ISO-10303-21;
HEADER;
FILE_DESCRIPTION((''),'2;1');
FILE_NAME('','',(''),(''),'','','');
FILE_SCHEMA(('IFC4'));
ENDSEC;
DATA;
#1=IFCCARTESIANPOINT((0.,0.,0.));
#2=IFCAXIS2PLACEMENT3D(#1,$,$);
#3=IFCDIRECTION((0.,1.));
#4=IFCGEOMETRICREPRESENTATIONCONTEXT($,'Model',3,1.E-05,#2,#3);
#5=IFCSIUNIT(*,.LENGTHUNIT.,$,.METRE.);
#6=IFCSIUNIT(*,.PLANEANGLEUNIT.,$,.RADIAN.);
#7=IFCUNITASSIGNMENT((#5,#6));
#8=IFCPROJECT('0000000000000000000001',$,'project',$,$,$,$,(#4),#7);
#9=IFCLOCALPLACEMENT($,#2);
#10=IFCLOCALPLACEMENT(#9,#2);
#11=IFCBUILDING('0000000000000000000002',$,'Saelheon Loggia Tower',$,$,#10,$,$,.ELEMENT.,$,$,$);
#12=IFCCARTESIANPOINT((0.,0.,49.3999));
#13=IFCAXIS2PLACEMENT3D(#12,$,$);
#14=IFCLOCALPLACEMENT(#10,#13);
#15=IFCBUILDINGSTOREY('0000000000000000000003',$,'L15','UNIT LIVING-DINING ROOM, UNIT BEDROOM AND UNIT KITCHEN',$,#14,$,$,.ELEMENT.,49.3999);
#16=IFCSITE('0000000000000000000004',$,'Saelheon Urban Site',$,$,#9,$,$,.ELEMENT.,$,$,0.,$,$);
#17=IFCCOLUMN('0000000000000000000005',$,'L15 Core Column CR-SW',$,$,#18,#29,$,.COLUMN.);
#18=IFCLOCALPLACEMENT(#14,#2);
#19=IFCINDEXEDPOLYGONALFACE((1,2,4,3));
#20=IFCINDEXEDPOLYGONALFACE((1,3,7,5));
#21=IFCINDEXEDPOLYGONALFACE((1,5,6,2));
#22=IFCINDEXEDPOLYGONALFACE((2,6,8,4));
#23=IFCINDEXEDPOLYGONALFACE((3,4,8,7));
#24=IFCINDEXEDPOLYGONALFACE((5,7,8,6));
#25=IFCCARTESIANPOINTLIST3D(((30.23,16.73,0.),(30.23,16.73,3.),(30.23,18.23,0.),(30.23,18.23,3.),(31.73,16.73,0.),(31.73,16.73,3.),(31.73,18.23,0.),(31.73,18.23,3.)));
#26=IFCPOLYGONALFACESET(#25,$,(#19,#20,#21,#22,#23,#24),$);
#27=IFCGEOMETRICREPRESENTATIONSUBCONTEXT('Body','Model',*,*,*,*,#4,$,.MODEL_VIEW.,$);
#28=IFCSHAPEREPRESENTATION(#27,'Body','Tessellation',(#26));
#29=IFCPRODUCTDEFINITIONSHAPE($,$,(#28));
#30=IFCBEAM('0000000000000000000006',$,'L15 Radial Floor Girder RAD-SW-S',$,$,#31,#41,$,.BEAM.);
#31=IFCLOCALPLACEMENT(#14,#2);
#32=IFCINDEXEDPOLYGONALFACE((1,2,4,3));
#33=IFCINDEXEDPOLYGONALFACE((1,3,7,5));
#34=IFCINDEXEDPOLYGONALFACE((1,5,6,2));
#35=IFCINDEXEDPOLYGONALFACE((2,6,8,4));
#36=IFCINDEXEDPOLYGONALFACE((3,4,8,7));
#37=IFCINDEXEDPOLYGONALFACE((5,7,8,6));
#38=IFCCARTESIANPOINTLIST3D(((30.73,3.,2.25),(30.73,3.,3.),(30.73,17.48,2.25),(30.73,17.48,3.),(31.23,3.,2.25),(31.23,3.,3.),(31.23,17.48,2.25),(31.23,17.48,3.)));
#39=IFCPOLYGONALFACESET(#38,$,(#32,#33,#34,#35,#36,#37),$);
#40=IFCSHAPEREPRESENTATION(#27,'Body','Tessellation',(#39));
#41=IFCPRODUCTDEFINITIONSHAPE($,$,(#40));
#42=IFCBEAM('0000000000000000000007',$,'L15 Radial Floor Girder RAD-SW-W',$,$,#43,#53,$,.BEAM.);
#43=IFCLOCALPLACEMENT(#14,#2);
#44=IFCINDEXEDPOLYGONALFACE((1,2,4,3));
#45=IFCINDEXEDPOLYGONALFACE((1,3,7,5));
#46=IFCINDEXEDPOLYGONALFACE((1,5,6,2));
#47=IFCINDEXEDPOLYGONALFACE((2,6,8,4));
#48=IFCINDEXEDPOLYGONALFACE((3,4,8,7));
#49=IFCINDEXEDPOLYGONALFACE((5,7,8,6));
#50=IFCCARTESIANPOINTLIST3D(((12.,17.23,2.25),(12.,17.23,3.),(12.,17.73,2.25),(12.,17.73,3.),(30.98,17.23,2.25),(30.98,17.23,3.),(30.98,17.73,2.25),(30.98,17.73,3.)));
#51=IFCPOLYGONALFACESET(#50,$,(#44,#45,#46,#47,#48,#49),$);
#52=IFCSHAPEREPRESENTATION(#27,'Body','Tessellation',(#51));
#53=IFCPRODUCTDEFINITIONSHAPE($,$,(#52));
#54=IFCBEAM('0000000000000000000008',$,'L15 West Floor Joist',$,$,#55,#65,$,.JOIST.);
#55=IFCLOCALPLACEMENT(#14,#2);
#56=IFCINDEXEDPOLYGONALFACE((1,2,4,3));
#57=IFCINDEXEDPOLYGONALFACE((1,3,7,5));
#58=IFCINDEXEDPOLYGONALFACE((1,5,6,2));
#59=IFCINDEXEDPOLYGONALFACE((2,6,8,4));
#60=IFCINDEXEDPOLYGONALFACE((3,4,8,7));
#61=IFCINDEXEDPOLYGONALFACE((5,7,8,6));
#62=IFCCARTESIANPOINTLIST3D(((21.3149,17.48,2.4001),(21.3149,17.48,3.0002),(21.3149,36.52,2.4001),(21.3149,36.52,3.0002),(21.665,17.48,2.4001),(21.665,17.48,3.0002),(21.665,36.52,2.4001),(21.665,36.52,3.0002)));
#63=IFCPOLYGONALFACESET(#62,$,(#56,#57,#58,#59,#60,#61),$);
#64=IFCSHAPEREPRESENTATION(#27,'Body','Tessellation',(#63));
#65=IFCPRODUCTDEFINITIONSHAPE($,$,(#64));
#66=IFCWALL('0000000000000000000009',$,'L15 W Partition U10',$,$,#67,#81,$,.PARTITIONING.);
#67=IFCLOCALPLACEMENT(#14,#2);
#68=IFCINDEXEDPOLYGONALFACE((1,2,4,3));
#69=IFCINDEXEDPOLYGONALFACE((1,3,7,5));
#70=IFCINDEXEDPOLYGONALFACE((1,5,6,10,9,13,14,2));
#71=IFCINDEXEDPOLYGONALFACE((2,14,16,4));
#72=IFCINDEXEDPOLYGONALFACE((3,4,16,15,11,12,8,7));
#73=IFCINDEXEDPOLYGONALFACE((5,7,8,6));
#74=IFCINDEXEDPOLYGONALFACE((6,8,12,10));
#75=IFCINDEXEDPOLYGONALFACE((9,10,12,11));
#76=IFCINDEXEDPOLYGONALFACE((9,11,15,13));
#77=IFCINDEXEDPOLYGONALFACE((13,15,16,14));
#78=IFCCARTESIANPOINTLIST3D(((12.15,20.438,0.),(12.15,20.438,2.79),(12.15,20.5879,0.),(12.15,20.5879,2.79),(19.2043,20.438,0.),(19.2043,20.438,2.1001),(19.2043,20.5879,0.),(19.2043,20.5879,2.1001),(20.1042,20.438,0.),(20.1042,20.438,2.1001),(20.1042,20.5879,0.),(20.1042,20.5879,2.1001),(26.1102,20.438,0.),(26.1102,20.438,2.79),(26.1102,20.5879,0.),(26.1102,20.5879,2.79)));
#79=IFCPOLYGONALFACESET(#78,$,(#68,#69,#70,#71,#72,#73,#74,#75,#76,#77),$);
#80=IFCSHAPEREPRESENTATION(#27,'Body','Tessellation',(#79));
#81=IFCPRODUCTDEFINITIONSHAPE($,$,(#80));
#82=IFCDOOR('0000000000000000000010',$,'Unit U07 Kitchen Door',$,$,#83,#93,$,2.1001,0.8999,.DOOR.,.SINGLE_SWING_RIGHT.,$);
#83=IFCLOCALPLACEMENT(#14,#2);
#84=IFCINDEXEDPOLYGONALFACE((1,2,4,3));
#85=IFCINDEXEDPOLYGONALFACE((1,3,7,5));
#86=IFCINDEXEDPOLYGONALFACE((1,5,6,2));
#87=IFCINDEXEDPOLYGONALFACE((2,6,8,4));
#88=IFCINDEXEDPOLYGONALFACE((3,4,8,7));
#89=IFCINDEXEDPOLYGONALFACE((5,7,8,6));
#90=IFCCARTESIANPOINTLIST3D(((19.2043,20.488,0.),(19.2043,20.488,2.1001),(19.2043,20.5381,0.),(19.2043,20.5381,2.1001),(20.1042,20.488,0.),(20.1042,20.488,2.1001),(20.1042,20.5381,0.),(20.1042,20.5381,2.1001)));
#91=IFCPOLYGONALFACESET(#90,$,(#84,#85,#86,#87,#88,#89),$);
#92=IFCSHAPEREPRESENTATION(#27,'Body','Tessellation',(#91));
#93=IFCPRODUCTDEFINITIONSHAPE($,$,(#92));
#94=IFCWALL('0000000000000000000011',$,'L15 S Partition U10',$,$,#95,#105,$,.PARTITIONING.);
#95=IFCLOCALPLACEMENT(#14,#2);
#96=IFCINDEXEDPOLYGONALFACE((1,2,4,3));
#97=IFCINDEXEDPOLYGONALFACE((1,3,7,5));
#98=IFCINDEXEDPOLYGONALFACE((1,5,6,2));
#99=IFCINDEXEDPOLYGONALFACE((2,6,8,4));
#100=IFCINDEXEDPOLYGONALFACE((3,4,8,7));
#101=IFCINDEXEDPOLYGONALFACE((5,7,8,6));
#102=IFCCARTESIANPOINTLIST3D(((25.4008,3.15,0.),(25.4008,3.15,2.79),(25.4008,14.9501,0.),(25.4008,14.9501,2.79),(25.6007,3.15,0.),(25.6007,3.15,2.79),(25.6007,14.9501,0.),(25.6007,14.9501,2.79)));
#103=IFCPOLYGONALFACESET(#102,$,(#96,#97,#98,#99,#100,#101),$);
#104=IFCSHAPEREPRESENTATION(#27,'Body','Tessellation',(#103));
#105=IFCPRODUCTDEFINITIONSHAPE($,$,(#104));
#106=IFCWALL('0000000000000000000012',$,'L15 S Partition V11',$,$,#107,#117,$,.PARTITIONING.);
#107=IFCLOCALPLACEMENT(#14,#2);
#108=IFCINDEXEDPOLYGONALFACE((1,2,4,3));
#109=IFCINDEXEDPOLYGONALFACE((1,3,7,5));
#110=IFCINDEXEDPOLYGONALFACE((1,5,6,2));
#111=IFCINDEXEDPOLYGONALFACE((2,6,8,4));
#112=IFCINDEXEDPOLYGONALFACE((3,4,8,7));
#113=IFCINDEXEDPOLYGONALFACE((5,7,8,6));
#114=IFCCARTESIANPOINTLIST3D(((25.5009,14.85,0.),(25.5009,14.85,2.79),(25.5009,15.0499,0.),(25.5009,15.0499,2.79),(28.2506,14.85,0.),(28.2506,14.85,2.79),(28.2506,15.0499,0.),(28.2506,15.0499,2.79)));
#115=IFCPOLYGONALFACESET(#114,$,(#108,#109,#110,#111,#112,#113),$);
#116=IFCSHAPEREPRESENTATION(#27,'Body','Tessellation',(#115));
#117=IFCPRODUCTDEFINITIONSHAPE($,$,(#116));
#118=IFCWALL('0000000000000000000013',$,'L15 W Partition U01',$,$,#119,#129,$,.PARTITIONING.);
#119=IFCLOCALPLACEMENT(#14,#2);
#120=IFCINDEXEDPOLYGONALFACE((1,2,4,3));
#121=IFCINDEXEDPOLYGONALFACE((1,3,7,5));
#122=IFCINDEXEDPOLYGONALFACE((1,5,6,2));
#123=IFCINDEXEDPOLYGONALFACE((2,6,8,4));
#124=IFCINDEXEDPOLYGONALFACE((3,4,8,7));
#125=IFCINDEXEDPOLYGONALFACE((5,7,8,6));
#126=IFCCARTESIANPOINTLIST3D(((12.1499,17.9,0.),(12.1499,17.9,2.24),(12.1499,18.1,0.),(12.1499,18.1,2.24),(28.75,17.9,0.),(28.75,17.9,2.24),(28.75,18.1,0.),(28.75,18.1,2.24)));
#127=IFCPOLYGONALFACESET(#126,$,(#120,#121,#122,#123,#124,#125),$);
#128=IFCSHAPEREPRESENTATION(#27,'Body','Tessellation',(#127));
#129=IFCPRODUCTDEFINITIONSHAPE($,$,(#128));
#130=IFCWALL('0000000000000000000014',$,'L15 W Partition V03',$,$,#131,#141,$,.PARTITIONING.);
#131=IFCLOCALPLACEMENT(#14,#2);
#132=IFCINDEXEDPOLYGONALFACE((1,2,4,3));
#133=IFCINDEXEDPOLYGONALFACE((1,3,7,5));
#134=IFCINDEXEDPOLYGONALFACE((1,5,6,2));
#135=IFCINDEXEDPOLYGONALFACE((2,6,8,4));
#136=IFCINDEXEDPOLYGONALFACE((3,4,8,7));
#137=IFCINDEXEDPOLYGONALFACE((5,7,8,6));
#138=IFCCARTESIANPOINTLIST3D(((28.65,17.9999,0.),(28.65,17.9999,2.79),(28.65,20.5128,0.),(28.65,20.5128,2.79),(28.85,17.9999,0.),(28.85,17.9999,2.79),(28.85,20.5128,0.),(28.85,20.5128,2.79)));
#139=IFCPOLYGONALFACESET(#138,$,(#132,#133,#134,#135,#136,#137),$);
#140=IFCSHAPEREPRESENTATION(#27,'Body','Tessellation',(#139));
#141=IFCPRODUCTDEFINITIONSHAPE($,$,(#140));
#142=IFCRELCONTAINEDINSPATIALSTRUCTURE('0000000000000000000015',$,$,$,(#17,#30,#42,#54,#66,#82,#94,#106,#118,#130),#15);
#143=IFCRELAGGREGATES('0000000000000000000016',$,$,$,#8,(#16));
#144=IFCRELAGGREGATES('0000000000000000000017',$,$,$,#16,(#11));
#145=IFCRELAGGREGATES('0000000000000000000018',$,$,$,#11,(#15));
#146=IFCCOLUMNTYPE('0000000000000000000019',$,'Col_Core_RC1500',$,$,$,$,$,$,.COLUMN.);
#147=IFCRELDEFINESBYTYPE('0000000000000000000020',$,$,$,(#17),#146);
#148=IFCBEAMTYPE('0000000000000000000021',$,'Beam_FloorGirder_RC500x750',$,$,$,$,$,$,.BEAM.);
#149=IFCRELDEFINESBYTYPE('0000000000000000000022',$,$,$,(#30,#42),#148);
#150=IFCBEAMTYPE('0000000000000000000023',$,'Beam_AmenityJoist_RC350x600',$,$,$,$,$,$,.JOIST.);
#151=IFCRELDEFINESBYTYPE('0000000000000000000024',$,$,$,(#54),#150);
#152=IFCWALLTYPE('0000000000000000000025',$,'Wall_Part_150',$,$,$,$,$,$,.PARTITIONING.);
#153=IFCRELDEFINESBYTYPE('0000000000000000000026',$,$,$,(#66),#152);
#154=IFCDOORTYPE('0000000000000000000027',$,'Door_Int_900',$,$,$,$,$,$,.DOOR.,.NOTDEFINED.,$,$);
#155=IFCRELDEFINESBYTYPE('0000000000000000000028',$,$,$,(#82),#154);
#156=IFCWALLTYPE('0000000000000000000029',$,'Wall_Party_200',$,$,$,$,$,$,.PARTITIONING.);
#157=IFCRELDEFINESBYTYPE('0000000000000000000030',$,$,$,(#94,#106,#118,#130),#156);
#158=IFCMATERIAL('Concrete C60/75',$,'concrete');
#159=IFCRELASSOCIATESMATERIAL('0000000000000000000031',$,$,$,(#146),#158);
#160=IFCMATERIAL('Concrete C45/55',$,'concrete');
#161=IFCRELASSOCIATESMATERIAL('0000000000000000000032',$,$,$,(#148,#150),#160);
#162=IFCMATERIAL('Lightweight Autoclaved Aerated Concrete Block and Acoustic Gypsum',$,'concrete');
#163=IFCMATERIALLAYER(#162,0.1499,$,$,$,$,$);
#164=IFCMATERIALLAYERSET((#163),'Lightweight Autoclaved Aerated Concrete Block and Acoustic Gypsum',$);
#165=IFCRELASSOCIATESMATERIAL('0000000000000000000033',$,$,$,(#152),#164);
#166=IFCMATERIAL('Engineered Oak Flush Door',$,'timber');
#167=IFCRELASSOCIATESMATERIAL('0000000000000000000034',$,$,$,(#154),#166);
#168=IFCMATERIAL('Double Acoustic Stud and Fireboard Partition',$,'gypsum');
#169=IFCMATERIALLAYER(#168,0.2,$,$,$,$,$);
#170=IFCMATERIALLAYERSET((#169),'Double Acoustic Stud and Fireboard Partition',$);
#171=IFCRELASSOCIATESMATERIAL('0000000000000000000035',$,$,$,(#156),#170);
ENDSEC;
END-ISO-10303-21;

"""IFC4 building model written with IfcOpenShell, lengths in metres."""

from ifc_helpers import new_model, si_unit, direction, frame, frame_2d, origin, origin_2d, place, context, subcontext, project, spatial, rectangle, extrude, source, transform, mapped, material, layer, layer_set, material_profile, profile_set, type_object, element, fill, save


model = new_model("IFC4")

# Units and contexts
model_context = context("Model", 3, precision=1e-05, world=origin(), true_north=direction((0.0, 1.0)))
body_context = subcontext(model_context, "Body", "Model", "MODEL_VIEW")
ifc_project = project(units=[si_unit("LENGTHUNIT", "METRE"), si_unit("PLANEANGLEUNIT", "RADIAN")], contexts=[model_context])

# Site, building, storey
site_placement = place(None, origin())
site = spatial("IfcSite", under=ifc_project, at=site_placement, Name="Saelheon Urban Site", CompositionType="ELEMENT", RefElevation=0.0)
building_placement = place(site_placement, origin())
building = spatial("IfcBuilding", under=site, at=building_placement, Name="Saelheon Loggia Tower", CompositionType="ELEMENT")
storey_placement = place(building_placement, frame((0.0, 0.0, 49.3999)))
storey = spatial("IfcBuildingStorey", under=building, at=storey_placement, Name="L15", Description="UNIT LIVING-DINING ROOM, UNIT BEDROOM AND UNIT KITCHEN", CompositionType="ELEMENT", Elevation=49.3999)

# Column
ifc_material_1 = material(Name="Concrete C60/75", Category="concrete")
ifc_material_profile_1 = material_profile(ifc_material_1, rectangle(XDim=1.5, YDim=1.5, at=origin_2d()), Name="RC-1500x1500")
ifc_profile_set_1 = profile_set([ifc_material_profile_1], Name="Concrete C60/75")
column_type = type_object("IfcColumnType", Name="Col_Core_RC1500", PredefinedType="COLUMN", material=ifc_profile_set_1)
shared_shape_1 = source(origin(), body_context, "Body", "SweptSolid", [
    extrude(rectangle(XDim=1.5, YDim=1.5, at=origin_2d()), origin(), (0.0, 0.0, 1.0), 3.0),
])
column_placement = place(storey_placement, frame((30.98, 17.48, 0.0), z_axis=(0.0, 0.0, 1.0), x_axis=(1.0, 0.0, 0.0)))
element("IfcColumn", 1, at=column_placement, inside=storey, type_object=column_type, Name="L15 Core Column CR-SW", PredefinedType="COLUMN", context=body_context, shape_type="MappedRepresentation", body=[
    mapped(shared_shape_1, transform((0.0, 0.0, 0.0), scale=1.0)),
])

# Beams
ifc_material_2 = material(Name="Concrete C45/55", Category="concrete")
ifc_material_profile_2 = material_profile(ifc_material_2, rectangle(XDim=0.5, YDim=0.75, at=origin_2d()), Name="RC-500x750")
ifc_profile_set_2 = profile_set([ifc_material_profile_2], Name="Concrete C45/55")
beam_type_1 = type_object("IfcBeamType", Name="Beam_FloorGirder_RC500x750", PredefinedType="BEAM", material=ifc_profile_set_2)
shared_shape_2 = source(origin(), body_context, "Body", "SweptSolid", [
    extrude(rectangle(XDim=0.5, YDim=0.75, at=origin_2d()), origin(), (0.0, 0.0, 1.0), 14.48),
])
beam_1_placement = place(storey_placement, frame((30.98, 17.48, 2.625), z_axis=(0.0, -1.0, 0.0), x_axis=(1.0, 0.0, 0.0)))
element("IfcBeam", 2, at=beam_1_placement, inside=storey, type_object=beam_type_1, Name="L15 Radial Floor Girder RAD-SW-S", PredefinedType="BEAM", context=body_context, shape_type="MappedRepresentation", body=[
    mapped(shared_shape_2, transform((0.0, 0.0, 0.0), scale=1.0)),
])
shared_shape_3 = source(origin(), body_context, "Body", "SweptSolid", [
    extrude(rectangle(XDim=0.5, YDim=0.75, at=origin_2d()), origin(), (0.0, 0.0, 1.0), 18.98),
])
beam_2_placement = place(storey_placement, frame((30.98, 17.48, 2.625), z_axis=(-1.0, 0.0, 0.0), x_axis=(0.0, -1.0, 0.0)))
element("IfcBeam", 3, at=beam_2_placement, inside=storey, type_object=beam_type_1, Name="L15 Radial Floor Girder RAD-SW-W", PredefinedType="BEAM", context=body_context, shape_type="MappedRepresentation", body=[
    mapped(shared_shape_3, transform((0.0, 0.0, 0.0), scale=1.0)),
])
ifc_material_profile_3 = material_profile(ifc_material_2, rectangle(XDim=0.3501, YDim=0.6001, at=origin_2d()), Name="RC-350x600")
ifc_profile_set_3 = profile_set([ifc_material_profile_3], Name="Concrete C45/55")
beam_type_2 = type_object("IfcBeamType", Name="Beam_AmenityJoist_RC350x600", PredefinedType="JOIST", material=ifc_profile_set_3)
shared_shape_4 = source(origin(), body_context, "Body", "SweptSolid", [
    extrude(rectangle(XDim=0.3501, YDim=0.6001, at=origin_2d()), origin(), (0.0, 0.0, 1.0), 19.04),
])
beam_3_placement = place(storey_placement, frame((21.49, 17.48, 2.7002), z_axis=(0.0, 1.0, 0.0), x_axis=(-1.0, 0.0, 0.0)))
element("IfcBeam", 4, at=beam_3_placement, inside=storey, type_object=beam_type_2, Name="L15 West Floor Joist", PredefinedType="JOIST", context=body_context, shape_type="MappedRepresentation", body=[
    mapped(shared_shape_4, transform((0.0, 0.0, 0.0), scale=1.0)),
])

# Wall, opening, door
ifc_material_3 = material(Name="Lightweight Autoclaved Aerated Concrete Block and Acoustic Gypsum", Category="concrete")
ifc_layer_1 = layer(ifc_material_3, 0.1499)
ifc_layer_set_1 = layer_set([ifc_layer_1], Name="Lightweight Autoclaved Aerated Concrete Block and Acoustic Gypsum")
wall_type_1 = type_object("IfcWallType", Name="Wall_Part_150", PredefinedType="PARTITIONING", material=ifc_layer_set_1)
wall_1_placement = place(storey_placement, frame((26.1101, 20.5129, 0.0), z_axis=(0.0, 0.0, 1.0), x_axis=(-1.0, 0.0, 0.0)))
wall_1 = element("IfcWall", 5, at=wall_1_placement, inside=storey, type_object=wall_type_1, Name="L15 W Partition U10", PredefinedType="PARTITIONING", context=body_context, shape_type="SweptSolid", body=[
    extrude(rectangle(XDim=13.9602, YDim=0.1499, at=frame_2d((6.98, 0.0))), origin(), (0.0, 0.0, 1.0), 2.79),
])
opening_1_placement = place(wall_1_placement, frame((6.0059, 0.0, 0.0)))
opening_1 = element("IfcOpeningElement", 6, at=opening_1_placement, cuts=wall_1, PredefinedType="OPENING", context=body_context, shape_type="SweptSolid", body=[
    extrude(rectangle(XDim=0.8999, YDim=2.1001, at=frame_2d((0.45, 1.05))), frame((0.0, 0.0869, 0.0), z_axis=(0.0, -1.0, 0.0), x_axis=(1.0, 0.0, 0.0)), (0.0, 0.0, 1.0), 0.1738),
])
ifc_material_4 = material(Name="Engineered Oak Flush Door", Category="timber")
door_type_1 = type_object("IfcDoorType", Name="Door_Int_900", OperationType="NOTDEFINED", PredefinedType="DOOR", material=ifc_material_4)
shared_shape_5 = source(origin(), body_context, "Body", "SweptSolid", [
    extrude(rectangle(XDim=0.8999, YDim=2.1001, at=frame_2d((0.45, 1.05))), frame((0.0, 0.0249, 0.0), z_axis=(0.0, -1.0, 0.0), x_axis=(1.0, 0.0, 0.0)), (0.0, 0.0, 1.0), 0.05),
])
door_1_placement = place(opening_1_placement, origin())
door_1 = element("IfcDoor", 7, at=door_1_placement, inside=storey, type_object=door_type_1, Name="Unit U07 Kitchen Door", OperationType="SINGLE_SWING_RIGHT", OverallHeight=2.1001, OverallWidth=0.8999, PredefinedType="DOOR", context=body_context, shape_type="MappedRepresentation", body=[
    mapped(shared_shape_5, transform((0.0, 0.0, 0.0), scale=1.0)),
])
fill(opening_1, door_1)

# Walls
ifc_material_5 = material(Name="Double Acoustic Stud and Fireboard Partition", Category="gypsum")
ifc_layer_2 = layer(ifc_material_5, 0.2)
ifc_layer_set_2 = layer_set([ifc_layer_2], Name="Double Acoustic Stud and Fireboard Partition")
wall_type_2 = type_object("IfcWallType", Name="Wall_Party_200", PredefinedType="PARTITIONING", material=ifc_layer_set_2)
wall_2_placement = place(storey_placement, frame((25.5007, 14.95, 0.0), z_axis=(0.0, 0.0, 1.0), x_axis=(0.0, -1.0, 0.0)))
element("IfcWall", 8, at=wall_2_placement, inside=storey, type_object=wall_type_2, Name="L15 S Partition U10", PredefinedType="PARTITIONING", context=body_context, shape_type="SweptSolid", body=[
    extrude(rectangle(XDim=11.8, YDim=0.2, at=frame_2d((5.8999, 0.0))), origin(), (0.0, 0.0, 1.0), 2.79),
])
wall_3_placement = place(storey_placement, frame((25.5007, 14.95, 0.0), z_axis=(0.0, 0.0, 1.0), x_axis=(1.0, 0.0, 0.0)))
element("IfcWall", 9, at=wall_3_placement, inside=storey, type_object=wall_type_2, Name="L15 S Partition V11", PredefinedType="PARTITIONING", context=body_context, shape_type="SweptSolid", body=[
    extrude(rectangle(XDim=2.7498, YDim=0.2, at=frame_2d((1.375, 0.0))), origin(), (0.0, 0.0, 1.0), 2.79),
])

# Walls
wall_4_placement = place(storey_placement, frame((28.75, 18.0, 0.0), z_axis=(0.0, 0.0, 1.0), x_axis=(-1.0, 0.0, 0.0)))
element("IfcWall", 10, at=wall_4_placement, inside=storey, type_object=wall_type_2, Name="L15 W Partition U01", PredefinedType="PARTITIONING", context=body_context, shape_type="SweptSolid", body=[
    extrude(rectangle(XDim=16.6001, YDim=0.2, at=frame_2d((8.3, 0.0))), origin(), (0.0, 0.0, 1.0), 2.24),
])
wall_5_placement = place(storey_placement, frame((28.75, 18.0, 0.0), z_axis=(0.0, 0.0, 1.0), x_axis=(0.0, 1.0, 0.0)))
element("IfcWall", 11, at=wall_5_placement, inside=storey, type_object=wall_type_2, Name="L15 W Partition V03", PredefinedType="PARTITIONING", context=body_context, shape_type="SweptSolid", body=[
    extrude(rectangle(XDim=2.5129, YDim=0.2, at=frame_2d((1.2563, 0.0))), origin(), (0.0, 0.0, 1.0), 2.79),
])

save(model, "model.ifc")
